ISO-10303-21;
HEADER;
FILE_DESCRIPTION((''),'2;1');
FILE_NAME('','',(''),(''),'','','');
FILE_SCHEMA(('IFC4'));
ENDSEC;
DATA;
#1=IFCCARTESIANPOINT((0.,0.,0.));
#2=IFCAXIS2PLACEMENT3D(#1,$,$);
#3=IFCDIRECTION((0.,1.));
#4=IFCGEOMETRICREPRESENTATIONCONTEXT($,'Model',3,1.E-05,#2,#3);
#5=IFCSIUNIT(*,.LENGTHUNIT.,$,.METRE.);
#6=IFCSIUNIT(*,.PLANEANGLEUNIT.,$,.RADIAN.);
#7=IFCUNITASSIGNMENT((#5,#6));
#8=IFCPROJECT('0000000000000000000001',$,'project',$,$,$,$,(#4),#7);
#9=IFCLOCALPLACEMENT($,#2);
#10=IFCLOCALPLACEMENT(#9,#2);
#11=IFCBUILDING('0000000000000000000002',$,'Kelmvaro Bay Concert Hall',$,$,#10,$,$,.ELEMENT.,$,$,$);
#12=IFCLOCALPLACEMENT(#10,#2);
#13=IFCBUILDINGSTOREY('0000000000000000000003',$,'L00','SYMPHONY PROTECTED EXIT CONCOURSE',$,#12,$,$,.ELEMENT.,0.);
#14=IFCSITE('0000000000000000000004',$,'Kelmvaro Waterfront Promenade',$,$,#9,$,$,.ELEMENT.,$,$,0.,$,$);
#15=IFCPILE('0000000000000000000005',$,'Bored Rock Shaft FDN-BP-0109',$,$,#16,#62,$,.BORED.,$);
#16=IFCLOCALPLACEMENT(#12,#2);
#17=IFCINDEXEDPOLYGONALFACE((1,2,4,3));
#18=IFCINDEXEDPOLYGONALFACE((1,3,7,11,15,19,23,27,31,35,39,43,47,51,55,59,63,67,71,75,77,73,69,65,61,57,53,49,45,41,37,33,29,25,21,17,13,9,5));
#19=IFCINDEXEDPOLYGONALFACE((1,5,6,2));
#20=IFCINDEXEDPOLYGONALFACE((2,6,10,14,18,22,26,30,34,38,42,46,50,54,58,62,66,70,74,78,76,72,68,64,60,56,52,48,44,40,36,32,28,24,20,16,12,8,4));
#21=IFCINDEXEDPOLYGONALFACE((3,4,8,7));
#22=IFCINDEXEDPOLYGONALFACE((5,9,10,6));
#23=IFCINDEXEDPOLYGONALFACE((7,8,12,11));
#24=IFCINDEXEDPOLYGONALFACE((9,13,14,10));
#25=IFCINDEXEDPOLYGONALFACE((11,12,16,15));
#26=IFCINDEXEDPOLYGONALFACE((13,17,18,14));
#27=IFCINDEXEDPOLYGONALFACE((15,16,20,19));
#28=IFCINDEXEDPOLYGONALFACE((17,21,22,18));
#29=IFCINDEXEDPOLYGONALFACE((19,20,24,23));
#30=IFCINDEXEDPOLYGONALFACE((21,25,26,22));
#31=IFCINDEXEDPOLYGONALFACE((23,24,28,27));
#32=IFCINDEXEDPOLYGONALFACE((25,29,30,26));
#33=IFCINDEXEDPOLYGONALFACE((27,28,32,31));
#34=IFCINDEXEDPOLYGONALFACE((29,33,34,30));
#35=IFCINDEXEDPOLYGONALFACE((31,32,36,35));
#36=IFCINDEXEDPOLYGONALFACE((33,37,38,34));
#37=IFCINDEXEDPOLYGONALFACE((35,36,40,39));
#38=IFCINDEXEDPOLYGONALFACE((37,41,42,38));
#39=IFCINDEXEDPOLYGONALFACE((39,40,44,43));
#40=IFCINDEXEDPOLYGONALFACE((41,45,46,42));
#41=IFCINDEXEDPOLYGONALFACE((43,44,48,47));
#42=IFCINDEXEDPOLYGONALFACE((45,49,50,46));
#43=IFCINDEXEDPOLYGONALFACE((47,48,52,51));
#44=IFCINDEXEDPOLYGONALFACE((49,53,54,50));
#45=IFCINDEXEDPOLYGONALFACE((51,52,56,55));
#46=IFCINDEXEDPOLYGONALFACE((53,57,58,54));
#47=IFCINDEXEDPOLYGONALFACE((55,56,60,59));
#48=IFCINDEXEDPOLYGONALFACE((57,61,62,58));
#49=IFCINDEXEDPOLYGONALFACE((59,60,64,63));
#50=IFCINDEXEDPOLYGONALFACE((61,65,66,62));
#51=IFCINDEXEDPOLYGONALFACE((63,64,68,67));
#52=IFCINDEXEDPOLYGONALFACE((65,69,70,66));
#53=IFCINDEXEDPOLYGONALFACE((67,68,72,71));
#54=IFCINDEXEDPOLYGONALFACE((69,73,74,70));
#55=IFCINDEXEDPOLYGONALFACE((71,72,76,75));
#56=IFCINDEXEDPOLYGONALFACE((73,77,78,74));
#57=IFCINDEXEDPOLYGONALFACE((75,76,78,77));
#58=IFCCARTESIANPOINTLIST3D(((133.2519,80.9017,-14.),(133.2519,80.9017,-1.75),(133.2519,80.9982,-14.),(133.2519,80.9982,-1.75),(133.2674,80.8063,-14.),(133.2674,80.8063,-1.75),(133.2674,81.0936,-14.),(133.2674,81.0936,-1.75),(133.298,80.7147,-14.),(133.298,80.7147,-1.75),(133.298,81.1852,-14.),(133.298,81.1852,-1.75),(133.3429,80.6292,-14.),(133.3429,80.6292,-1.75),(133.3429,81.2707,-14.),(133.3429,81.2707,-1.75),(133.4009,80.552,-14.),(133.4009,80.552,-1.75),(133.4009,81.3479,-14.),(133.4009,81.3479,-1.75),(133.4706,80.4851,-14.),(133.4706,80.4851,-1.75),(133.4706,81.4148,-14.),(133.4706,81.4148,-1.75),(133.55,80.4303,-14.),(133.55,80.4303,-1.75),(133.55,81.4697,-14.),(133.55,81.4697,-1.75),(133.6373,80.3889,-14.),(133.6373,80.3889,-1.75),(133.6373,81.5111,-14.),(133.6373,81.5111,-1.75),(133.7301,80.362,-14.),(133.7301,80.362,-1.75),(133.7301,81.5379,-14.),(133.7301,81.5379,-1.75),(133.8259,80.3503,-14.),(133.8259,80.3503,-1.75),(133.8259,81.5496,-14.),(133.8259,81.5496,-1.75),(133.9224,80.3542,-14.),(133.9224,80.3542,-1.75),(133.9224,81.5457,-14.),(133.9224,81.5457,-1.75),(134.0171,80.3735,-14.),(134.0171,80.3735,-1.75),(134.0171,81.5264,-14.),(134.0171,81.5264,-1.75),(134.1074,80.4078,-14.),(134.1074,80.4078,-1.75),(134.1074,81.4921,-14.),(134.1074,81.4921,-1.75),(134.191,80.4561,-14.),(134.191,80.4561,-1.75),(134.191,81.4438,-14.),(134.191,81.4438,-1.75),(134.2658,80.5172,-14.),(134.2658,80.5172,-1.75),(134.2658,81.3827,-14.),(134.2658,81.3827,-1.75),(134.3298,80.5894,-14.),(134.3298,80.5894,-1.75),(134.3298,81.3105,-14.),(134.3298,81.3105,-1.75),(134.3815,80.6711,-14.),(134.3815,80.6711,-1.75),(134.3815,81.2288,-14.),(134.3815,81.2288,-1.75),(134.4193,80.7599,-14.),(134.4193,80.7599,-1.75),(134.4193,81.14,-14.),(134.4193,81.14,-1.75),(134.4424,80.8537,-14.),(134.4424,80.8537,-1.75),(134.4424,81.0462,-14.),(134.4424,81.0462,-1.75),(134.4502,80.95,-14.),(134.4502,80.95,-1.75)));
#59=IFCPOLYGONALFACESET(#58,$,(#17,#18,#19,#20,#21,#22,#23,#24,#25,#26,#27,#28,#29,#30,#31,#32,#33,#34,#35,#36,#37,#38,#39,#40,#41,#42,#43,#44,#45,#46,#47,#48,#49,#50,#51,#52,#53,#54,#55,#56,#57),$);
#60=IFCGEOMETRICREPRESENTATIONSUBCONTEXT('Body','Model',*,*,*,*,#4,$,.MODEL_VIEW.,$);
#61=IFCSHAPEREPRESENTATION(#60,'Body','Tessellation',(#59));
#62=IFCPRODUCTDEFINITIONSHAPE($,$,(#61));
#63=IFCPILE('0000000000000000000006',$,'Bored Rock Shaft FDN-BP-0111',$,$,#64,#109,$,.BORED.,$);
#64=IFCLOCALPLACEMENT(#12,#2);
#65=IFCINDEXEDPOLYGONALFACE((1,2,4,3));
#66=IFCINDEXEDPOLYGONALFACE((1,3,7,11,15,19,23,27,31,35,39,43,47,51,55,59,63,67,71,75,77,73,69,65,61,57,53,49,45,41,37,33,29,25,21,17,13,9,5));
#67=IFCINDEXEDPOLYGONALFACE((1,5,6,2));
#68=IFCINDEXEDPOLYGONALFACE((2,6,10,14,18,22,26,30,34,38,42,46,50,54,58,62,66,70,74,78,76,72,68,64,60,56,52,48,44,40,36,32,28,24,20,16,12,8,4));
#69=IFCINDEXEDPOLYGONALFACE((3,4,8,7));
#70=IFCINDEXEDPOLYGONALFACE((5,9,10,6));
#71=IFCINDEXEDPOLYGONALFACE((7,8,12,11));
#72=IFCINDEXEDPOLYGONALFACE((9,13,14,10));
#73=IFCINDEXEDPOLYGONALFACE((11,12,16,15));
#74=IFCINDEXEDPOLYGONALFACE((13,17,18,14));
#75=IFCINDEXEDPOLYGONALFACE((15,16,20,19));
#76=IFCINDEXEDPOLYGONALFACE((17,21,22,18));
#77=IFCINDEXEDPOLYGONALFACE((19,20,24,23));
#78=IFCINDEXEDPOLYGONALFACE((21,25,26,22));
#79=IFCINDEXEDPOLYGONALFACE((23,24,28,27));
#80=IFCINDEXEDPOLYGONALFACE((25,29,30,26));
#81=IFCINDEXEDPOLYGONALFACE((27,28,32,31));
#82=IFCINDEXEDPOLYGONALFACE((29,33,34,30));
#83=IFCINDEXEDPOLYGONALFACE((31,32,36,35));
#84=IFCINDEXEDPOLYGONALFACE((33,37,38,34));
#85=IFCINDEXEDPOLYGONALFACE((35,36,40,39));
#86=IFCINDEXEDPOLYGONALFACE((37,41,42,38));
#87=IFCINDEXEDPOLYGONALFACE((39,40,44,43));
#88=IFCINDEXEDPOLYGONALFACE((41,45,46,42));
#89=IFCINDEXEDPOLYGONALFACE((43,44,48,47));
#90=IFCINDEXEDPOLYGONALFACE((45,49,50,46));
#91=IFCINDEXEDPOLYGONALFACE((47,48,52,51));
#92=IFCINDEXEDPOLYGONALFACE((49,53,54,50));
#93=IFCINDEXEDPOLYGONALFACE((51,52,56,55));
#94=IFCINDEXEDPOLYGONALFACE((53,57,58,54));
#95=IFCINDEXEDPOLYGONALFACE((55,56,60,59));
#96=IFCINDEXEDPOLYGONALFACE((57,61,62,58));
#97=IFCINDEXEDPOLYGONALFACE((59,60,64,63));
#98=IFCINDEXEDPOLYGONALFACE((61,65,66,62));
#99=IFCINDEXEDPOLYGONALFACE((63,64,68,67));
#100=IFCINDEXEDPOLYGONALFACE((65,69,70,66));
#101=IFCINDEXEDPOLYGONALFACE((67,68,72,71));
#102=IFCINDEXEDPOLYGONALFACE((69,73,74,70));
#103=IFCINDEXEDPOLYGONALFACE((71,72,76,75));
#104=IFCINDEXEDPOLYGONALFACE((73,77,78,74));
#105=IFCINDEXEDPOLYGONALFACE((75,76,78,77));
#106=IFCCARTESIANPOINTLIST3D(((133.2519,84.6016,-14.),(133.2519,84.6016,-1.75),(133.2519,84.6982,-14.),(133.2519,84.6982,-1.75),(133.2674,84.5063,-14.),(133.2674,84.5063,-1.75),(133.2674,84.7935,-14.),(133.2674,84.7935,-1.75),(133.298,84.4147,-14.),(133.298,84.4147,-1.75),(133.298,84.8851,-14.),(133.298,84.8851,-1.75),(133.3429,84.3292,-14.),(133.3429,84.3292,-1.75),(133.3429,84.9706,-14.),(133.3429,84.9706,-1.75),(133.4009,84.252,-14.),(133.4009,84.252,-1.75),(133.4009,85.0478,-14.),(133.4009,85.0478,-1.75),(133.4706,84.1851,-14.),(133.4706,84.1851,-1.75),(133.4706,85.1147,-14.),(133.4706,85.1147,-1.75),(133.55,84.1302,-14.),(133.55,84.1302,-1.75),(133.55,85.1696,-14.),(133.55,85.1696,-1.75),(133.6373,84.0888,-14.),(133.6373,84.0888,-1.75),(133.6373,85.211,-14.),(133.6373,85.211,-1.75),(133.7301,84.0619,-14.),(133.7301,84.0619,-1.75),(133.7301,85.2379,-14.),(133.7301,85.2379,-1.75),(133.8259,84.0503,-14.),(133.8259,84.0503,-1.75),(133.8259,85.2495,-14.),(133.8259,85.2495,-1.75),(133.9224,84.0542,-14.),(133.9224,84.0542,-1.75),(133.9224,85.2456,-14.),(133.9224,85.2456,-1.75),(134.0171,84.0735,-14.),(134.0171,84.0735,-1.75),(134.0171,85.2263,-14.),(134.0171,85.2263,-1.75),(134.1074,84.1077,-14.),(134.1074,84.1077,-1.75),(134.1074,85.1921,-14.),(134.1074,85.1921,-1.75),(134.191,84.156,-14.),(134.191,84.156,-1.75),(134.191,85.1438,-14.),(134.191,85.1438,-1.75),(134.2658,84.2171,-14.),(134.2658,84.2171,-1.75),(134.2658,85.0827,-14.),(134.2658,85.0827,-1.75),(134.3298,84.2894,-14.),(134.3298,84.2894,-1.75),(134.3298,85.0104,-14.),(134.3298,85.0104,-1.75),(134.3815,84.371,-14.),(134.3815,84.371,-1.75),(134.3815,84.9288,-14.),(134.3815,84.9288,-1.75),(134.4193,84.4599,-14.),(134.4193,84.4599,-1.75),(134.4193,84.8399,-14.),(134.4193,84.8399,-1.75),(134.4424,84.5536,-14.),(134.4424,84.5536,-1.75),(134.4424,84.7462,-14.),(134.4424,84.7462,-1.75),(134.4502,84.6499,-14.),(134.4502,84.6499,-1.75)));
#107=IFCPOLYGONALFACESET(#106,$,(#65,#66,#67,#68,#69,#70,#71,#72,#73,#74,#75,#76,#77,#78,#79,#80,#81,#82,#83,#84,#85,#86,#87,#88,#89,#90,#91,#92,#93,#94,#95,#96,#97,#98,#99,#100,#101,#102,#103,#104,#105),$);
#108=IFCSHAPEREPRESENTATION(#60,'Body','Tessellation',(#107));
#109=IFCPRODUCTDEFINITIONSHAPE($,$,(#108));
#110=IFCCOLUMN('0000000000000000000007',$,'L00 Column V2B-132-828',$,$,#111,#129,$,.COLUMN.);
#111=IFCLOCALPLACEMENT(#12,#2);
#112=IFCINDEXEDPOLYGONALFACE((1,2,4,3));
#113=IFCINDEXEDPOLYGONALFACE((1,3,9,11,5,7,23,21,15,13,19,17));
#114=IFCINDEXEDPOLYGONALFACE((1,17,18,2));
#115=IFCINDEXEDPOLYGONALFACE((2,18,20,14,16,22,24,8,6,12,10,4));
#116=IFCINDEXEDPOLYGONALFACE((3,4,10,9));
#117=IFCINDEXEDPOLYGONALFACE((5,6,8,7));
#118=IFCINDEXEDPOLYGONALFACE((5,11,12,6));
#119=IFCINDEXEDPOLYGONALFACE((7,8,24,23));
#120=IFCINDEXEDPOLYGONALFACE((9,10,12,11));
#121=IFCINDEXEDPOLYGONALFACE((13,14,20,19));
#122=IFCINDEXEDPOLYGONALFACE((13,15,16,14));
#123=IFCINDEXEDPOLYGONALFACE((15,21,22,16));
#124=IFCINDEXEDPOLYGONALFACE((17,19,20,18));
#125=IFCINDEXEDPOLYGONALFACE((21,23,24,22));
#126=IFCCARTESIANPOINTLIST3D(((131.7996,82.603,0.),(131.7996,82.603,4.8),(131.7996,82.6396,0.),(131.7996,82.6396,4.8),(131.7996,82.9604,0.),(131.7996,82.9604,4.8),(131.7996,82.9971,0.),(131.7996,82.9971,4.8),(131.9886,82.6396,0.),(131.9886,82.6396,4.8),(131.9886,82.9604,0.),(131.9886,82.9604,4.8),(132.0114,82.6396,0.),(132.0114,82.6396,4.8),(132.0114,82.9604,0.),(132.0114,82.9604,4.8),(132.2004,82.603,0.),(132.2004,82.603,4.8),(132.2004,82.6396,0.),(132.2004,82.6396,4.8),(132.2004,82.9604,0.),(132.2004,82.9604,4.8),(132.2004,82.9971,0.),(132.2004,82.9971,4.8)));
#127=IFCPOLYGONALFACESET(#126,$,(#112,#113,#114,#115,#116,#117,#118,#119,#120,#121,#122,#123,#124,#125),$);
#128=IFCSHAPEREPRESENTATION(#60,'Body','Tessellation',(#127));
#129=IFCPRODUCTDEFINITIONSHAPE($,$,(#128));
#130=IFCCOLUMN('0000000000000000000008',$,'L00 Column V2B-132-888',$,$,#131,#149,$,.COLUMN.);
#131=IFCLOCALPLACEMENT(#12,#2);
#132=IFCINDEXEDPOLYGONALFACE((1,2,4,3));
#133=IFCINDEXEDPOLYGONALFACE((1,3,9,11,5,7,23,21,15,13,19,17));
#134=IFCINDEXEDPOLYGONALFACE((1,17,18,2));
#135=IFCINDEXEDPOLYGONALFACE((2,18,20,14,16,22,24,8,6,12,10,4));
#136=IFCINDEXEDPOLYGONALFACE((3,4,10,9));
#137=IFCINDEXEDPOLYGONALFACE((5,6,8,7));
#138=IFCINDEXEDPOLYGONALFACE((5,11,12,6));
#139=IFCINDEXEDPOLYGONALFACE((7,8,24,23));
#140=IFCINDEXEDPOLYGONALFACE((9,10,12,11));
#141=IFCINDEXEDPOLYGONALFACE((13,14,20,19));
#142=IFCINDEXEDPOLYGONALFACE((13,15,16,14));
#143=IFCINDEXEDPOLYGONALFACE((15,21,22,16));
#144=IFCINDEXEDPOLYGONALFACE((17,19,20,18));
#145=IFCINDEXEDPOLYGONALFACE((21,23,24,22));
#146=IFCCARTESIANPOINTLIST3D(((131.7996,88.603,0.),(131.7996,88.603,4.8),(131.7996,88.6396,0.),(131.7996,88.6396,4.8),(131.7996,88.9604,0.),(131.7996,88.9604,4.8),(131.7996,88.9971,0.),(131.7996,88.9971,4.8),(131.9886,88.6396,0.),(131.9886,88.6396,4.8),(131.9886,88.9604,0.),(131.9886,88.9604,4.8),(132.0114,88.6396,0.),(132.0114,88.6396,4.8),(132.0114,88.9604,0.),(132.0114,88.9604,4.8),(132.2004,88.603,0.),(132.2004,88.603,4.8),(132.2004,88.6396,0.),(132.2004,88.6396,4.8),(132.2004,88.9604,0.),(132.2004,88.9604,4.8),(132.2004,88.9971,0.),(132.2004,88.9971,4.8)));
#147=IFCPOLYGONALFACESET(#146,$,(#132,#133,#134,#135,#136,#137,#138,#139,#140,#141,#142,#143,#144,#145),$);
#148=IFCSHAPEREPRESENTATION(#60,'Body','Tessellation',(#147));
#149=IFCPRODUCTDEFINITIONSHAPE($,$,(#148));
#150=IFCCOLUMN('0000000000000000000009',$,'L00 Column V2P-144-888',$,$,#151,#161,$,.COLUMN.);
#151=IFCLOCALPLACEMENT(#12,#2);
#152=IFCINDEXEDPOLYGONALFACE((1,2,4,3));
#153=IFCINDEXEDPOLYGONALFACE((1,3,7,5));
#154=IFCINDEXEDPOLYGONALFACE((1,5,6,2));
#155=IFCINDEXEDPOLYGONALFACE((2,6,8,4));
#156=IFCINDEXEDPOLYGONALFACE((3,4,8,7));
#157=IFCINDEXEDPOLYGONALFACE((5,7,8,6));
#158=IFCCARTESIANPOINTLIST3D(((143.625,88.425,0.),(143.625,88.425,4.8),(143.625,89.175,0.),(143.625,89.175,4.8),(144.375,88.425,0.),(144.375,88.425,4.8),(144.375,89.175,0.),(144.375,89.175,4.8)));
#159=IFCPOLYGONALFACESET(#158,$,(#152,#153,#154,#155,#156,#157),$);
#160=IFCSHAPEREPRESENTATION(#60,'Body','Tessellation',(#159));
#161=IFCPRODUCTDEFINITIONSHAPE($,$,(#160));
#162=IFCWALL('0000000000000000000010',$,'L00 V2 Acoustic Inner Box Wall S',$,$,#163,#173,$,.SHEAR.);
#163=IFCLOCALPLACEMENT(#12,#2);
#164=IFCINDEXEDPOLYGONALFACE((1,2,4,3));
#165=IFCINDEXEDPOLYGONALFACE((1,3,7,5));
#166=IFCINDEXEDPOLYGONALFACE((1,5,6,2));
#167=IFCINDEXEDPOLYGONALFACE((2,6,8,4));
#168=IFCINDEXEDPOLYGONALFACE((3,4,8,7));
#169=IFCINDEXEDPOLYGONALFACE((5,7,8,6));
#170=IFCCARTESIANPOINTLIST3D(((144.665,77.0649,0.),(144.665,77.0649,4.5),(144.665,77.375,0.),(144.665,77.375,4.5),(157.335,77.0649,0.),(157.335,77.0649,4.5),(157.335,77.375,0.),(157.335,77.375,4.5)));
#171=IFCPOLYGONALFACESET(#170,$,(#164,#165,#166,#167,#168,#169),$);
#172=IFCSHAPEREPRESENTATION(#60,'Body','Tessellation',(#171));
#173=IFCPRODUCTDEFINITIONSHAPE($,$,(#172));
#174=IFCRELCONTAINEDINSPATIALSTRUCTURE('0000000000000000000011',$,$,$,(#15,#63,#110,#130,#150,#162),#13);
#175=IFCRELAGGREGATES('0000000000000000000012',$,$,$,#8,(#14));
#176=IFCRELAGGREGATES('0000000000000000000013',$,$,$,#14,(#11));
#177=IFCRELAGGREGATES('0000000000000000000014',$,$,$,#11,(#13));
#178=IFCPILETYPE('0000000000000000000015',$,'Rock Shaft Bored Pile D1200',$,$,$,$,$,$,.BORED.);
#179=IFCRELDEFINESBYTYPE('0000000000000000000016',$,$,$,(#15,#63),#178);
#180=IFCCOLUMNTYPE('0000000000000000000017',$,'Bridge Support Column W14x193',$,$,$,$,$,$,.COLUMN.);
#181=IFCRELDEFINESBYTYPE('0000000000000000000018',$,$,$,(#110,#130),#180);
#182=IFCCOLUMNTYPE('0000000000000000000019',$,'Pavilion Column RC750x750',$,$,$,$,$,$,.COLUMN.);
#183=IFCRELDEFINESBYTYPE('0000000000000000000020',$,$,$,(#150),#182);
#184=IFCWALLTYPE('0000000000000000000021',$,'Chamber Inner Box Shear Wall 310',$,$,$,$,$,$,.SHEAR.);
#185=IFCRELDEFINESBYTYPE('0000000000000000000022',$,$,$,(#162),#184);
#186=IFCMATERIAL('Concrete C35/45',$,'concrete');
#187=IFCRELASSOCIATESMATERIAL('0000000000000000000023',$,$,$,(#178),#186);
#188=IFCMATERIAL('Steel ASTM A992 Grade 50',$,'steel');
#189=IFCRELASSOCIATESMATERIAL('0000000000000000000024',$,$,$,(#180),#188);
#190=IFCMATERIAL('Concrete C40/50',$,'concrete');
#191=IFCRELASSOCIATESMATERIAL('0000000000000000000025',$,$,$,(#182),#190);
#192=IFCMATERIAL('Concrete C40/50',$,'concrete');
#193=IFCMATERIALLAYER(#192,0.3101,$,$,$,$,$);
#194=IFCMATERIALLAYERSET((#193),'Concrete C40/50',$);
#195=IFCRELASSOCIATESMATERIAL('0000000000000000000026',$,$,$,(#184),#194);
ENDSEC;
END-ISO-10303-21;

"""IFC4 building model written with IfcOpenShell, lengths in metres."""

from ifc_helpers import new_model, si_unit, direction, frame, frame_2d, origin, origin_2d, place, context, subcontext, project, spatial, rectangle, circle, i_section, extrude, material, layer, layer_set, material_profile, profile_set, type_object, element, save


model = new_model("IFC4")

# Units and contexts
model_context = context("Model", 3, precision=1e-05, world=origin(), true_north=direction((0.0, 1.0)))
body_context = subcontext(model_context, "Body", "Model", "MODEL_VIEW")
ifc_project = project(units=[si_unit("LENGTHUNIT", "METRE"), si_unit("PLANEANGLEUNIT", "RADIAN")], contexts=[model_context])

# Site, building, storey
site_placement = place(None, origin())
site = spatial("IfcSite", under=ifc_project, at=site_placement, Name="Kelmvaro Waterfront Promenade", CompositionType="ELEMENT", RefElevation=0.0)
building_placement = place(site_placement, origin())
building = spatial("IfcBuilding", under=site, at=building_placement, Name="Kelmvaro Bay Concert Hall", CompositionType="ELEMENT")
storey_placement = place(building_placement, origin())
storey = spatial("IfcBuildingStorey", under=building, at=storey_placement, Name="L00", Description="SYMPHONY PROTECTED EXIT CONCOURSE", CompositionType="ELEMENT", Elevation=0.0)

# Piles
ifc_material_1 = material(Name="Concrete C35/45", Category="concrete")
ifc_material_profile_1 = material_profile(ifc_material_1, circle(Radius=0.6001, at=origin_2d()), Name="PILE-BORED-1200")
ifc_profile_set_1 = profile_set([ifc_material_profile_1], Name="Concrete C35/45")
pile_type_1 = type_object("IfcPileType", Name="Rock Shaft Bored Pile D1200", PredefinedType="BORED", material=ifc_profile_set_1)
for number, where, z_axis, x_axis, name in (
    (1, (133.8501, 80.95, -1.75), (0.0, 0.0, -1.0), (1.0, 0.0, 0.0), "Bored Rock Shaft FDN-BP-0109"),
    (2, (133.8501, 84.6499, -1.75), (0.0, 0.0, -1.0), (1.0, 0.0, 0.0), "Bored Rock Shaft FDN-BP-0111"),
):
    element("IfcPile", number, at=place(storey_placement, frame(where, z_axis=z_axis, x_axis=x_axis)), inside=storey, type_object=pile_type_1, Name=name, PredefinedType="BORED", context=body_context, shape_type="SweptSolid", body=[
        extrude(circle(Radius=0.6001, at=origin_2d()), origin(), (0.0, 0.0, 1.0), 12.25),
    ])

# Columns
ifc_material_2 = material(Name="Steel ASTM A992 Grade 50", Category="steel")
ifc_material_profile_2 = material_profile(ifc_material_2, i_section(OverallWidth=0.4009, OverallDepth=0.394, WebThickness=0.0227, FlangeThickness=0.0366, at=origin_2d()), Name="W14X193")
ifc_profile_set_2 = profile_set([ifc_material_profile_2], Name="Steel ASTM A992 Grade 50")
column_type_1 = type_object("IfcColumnType", Name="Bridge Support Column W14x193", PredefinedType="COLUMN", material=ifc_profile_set_2)
for number, where, z_axis, x_axis, name in (
    (3, (132.0, 82.8, 0.0), (0.0, 0.0, 1.0), (1.0, 0.0, 0.0), "L00 Column V2B-132-828"),
    (4, (132.0, 88.8, 0.0), (0.0, 0.0, 1.0), (1.0, 0.0, 0.0), "L00 Column V2B-132-888"),
):
    element("IfcColumn", number, at=place(storey_placement, frame(where, z_axis=z_axis, x_axis=x_axis)), inside=storey, type_object=column_type_1, Name=name, PredefinedType="COLUMN", context=body_context, shape_type="SweptSolid", body=[
        extrude(i_section(OverallWidth=0.4009, OverallDepth=0.394, WebThickness=0.0227, FlangeThickness=0.0366, at=origin_2d()), origin(), (0.0, 0.0, 1.0), 4.8),
    ])
ifc_material_3 = material(Name="Concrete C40/50", Category="concrete")
ifc_material_profile_3 = material_profile(ifc_material_3, rectangle(XDim=0.75, YDim=0.75, at=origin_2d()), Name="RC-COL-750X750")
ifc_profile_set_3 = profile_set([ifc_material_profile_3], Name="Concrete C40/50")
column_type_2 = type_object("IfcColumnType", Name="Pavilion Column RC750x750", PredefinedType="COLUMN", material=ifc_profile_set_3)
column_placement = place(storey_placement, frame((144.0, 88.8, 0.0), z_axis=(0.0, 0.0, 1.0), x_axis=(1.0, 0.0, 0.0)))
element("IfcColumn", 5, at=column_placement, inside=storey, type_object=column_type_2, Name="L00 Column V2P-144-888", PredefinedType="COLUMN", context=body_context, shape_type="SweptSolid", body=[
    extrude(rectangle(XDim=0.75, YDim=0.75, at=origin_2d()), origin(), (0.0, 0.0, 1.0), 4.8),
])

# Wall
ifc_material_4 = material(Name="Concrete C40/50", Category="concrete")
ifc_layer_1 = layer(ifc_material_4, 0.3101)
ifc_layer_set_1 = layer_set([ifc_layer_1], Name="Concrete C40/50")
wall_type_1 = type_object("IfcWallType", Name="Chamber Inner Box Shear Wall 310", PredefinedType="SHEAR", material=ifc_layer_set_1)
wall_1_placement = place(storey_placement, frame((144.665, 77.22, 0.0), z_axis=(0.0, 0.0, 1.0), x_axis=(1.0, 0.0, 0.0)))
element("IfcWall", 6, at=wall_1_placement, inside=storey, type_object=wall_type_1, Name="L00 V2 Acoustic Inner Box Wall S", PredefinedType="SHEAR", context=body_context, shape_type="SweptSolid", body=[
    extrude(rectangle(XDim=12.6699, YDim=0.3101, at=frame_2d((6.335, 0.0))), origin(), (0.0, 0.0, 1.0), 4.5),
])

save(model, "model.ifc")
